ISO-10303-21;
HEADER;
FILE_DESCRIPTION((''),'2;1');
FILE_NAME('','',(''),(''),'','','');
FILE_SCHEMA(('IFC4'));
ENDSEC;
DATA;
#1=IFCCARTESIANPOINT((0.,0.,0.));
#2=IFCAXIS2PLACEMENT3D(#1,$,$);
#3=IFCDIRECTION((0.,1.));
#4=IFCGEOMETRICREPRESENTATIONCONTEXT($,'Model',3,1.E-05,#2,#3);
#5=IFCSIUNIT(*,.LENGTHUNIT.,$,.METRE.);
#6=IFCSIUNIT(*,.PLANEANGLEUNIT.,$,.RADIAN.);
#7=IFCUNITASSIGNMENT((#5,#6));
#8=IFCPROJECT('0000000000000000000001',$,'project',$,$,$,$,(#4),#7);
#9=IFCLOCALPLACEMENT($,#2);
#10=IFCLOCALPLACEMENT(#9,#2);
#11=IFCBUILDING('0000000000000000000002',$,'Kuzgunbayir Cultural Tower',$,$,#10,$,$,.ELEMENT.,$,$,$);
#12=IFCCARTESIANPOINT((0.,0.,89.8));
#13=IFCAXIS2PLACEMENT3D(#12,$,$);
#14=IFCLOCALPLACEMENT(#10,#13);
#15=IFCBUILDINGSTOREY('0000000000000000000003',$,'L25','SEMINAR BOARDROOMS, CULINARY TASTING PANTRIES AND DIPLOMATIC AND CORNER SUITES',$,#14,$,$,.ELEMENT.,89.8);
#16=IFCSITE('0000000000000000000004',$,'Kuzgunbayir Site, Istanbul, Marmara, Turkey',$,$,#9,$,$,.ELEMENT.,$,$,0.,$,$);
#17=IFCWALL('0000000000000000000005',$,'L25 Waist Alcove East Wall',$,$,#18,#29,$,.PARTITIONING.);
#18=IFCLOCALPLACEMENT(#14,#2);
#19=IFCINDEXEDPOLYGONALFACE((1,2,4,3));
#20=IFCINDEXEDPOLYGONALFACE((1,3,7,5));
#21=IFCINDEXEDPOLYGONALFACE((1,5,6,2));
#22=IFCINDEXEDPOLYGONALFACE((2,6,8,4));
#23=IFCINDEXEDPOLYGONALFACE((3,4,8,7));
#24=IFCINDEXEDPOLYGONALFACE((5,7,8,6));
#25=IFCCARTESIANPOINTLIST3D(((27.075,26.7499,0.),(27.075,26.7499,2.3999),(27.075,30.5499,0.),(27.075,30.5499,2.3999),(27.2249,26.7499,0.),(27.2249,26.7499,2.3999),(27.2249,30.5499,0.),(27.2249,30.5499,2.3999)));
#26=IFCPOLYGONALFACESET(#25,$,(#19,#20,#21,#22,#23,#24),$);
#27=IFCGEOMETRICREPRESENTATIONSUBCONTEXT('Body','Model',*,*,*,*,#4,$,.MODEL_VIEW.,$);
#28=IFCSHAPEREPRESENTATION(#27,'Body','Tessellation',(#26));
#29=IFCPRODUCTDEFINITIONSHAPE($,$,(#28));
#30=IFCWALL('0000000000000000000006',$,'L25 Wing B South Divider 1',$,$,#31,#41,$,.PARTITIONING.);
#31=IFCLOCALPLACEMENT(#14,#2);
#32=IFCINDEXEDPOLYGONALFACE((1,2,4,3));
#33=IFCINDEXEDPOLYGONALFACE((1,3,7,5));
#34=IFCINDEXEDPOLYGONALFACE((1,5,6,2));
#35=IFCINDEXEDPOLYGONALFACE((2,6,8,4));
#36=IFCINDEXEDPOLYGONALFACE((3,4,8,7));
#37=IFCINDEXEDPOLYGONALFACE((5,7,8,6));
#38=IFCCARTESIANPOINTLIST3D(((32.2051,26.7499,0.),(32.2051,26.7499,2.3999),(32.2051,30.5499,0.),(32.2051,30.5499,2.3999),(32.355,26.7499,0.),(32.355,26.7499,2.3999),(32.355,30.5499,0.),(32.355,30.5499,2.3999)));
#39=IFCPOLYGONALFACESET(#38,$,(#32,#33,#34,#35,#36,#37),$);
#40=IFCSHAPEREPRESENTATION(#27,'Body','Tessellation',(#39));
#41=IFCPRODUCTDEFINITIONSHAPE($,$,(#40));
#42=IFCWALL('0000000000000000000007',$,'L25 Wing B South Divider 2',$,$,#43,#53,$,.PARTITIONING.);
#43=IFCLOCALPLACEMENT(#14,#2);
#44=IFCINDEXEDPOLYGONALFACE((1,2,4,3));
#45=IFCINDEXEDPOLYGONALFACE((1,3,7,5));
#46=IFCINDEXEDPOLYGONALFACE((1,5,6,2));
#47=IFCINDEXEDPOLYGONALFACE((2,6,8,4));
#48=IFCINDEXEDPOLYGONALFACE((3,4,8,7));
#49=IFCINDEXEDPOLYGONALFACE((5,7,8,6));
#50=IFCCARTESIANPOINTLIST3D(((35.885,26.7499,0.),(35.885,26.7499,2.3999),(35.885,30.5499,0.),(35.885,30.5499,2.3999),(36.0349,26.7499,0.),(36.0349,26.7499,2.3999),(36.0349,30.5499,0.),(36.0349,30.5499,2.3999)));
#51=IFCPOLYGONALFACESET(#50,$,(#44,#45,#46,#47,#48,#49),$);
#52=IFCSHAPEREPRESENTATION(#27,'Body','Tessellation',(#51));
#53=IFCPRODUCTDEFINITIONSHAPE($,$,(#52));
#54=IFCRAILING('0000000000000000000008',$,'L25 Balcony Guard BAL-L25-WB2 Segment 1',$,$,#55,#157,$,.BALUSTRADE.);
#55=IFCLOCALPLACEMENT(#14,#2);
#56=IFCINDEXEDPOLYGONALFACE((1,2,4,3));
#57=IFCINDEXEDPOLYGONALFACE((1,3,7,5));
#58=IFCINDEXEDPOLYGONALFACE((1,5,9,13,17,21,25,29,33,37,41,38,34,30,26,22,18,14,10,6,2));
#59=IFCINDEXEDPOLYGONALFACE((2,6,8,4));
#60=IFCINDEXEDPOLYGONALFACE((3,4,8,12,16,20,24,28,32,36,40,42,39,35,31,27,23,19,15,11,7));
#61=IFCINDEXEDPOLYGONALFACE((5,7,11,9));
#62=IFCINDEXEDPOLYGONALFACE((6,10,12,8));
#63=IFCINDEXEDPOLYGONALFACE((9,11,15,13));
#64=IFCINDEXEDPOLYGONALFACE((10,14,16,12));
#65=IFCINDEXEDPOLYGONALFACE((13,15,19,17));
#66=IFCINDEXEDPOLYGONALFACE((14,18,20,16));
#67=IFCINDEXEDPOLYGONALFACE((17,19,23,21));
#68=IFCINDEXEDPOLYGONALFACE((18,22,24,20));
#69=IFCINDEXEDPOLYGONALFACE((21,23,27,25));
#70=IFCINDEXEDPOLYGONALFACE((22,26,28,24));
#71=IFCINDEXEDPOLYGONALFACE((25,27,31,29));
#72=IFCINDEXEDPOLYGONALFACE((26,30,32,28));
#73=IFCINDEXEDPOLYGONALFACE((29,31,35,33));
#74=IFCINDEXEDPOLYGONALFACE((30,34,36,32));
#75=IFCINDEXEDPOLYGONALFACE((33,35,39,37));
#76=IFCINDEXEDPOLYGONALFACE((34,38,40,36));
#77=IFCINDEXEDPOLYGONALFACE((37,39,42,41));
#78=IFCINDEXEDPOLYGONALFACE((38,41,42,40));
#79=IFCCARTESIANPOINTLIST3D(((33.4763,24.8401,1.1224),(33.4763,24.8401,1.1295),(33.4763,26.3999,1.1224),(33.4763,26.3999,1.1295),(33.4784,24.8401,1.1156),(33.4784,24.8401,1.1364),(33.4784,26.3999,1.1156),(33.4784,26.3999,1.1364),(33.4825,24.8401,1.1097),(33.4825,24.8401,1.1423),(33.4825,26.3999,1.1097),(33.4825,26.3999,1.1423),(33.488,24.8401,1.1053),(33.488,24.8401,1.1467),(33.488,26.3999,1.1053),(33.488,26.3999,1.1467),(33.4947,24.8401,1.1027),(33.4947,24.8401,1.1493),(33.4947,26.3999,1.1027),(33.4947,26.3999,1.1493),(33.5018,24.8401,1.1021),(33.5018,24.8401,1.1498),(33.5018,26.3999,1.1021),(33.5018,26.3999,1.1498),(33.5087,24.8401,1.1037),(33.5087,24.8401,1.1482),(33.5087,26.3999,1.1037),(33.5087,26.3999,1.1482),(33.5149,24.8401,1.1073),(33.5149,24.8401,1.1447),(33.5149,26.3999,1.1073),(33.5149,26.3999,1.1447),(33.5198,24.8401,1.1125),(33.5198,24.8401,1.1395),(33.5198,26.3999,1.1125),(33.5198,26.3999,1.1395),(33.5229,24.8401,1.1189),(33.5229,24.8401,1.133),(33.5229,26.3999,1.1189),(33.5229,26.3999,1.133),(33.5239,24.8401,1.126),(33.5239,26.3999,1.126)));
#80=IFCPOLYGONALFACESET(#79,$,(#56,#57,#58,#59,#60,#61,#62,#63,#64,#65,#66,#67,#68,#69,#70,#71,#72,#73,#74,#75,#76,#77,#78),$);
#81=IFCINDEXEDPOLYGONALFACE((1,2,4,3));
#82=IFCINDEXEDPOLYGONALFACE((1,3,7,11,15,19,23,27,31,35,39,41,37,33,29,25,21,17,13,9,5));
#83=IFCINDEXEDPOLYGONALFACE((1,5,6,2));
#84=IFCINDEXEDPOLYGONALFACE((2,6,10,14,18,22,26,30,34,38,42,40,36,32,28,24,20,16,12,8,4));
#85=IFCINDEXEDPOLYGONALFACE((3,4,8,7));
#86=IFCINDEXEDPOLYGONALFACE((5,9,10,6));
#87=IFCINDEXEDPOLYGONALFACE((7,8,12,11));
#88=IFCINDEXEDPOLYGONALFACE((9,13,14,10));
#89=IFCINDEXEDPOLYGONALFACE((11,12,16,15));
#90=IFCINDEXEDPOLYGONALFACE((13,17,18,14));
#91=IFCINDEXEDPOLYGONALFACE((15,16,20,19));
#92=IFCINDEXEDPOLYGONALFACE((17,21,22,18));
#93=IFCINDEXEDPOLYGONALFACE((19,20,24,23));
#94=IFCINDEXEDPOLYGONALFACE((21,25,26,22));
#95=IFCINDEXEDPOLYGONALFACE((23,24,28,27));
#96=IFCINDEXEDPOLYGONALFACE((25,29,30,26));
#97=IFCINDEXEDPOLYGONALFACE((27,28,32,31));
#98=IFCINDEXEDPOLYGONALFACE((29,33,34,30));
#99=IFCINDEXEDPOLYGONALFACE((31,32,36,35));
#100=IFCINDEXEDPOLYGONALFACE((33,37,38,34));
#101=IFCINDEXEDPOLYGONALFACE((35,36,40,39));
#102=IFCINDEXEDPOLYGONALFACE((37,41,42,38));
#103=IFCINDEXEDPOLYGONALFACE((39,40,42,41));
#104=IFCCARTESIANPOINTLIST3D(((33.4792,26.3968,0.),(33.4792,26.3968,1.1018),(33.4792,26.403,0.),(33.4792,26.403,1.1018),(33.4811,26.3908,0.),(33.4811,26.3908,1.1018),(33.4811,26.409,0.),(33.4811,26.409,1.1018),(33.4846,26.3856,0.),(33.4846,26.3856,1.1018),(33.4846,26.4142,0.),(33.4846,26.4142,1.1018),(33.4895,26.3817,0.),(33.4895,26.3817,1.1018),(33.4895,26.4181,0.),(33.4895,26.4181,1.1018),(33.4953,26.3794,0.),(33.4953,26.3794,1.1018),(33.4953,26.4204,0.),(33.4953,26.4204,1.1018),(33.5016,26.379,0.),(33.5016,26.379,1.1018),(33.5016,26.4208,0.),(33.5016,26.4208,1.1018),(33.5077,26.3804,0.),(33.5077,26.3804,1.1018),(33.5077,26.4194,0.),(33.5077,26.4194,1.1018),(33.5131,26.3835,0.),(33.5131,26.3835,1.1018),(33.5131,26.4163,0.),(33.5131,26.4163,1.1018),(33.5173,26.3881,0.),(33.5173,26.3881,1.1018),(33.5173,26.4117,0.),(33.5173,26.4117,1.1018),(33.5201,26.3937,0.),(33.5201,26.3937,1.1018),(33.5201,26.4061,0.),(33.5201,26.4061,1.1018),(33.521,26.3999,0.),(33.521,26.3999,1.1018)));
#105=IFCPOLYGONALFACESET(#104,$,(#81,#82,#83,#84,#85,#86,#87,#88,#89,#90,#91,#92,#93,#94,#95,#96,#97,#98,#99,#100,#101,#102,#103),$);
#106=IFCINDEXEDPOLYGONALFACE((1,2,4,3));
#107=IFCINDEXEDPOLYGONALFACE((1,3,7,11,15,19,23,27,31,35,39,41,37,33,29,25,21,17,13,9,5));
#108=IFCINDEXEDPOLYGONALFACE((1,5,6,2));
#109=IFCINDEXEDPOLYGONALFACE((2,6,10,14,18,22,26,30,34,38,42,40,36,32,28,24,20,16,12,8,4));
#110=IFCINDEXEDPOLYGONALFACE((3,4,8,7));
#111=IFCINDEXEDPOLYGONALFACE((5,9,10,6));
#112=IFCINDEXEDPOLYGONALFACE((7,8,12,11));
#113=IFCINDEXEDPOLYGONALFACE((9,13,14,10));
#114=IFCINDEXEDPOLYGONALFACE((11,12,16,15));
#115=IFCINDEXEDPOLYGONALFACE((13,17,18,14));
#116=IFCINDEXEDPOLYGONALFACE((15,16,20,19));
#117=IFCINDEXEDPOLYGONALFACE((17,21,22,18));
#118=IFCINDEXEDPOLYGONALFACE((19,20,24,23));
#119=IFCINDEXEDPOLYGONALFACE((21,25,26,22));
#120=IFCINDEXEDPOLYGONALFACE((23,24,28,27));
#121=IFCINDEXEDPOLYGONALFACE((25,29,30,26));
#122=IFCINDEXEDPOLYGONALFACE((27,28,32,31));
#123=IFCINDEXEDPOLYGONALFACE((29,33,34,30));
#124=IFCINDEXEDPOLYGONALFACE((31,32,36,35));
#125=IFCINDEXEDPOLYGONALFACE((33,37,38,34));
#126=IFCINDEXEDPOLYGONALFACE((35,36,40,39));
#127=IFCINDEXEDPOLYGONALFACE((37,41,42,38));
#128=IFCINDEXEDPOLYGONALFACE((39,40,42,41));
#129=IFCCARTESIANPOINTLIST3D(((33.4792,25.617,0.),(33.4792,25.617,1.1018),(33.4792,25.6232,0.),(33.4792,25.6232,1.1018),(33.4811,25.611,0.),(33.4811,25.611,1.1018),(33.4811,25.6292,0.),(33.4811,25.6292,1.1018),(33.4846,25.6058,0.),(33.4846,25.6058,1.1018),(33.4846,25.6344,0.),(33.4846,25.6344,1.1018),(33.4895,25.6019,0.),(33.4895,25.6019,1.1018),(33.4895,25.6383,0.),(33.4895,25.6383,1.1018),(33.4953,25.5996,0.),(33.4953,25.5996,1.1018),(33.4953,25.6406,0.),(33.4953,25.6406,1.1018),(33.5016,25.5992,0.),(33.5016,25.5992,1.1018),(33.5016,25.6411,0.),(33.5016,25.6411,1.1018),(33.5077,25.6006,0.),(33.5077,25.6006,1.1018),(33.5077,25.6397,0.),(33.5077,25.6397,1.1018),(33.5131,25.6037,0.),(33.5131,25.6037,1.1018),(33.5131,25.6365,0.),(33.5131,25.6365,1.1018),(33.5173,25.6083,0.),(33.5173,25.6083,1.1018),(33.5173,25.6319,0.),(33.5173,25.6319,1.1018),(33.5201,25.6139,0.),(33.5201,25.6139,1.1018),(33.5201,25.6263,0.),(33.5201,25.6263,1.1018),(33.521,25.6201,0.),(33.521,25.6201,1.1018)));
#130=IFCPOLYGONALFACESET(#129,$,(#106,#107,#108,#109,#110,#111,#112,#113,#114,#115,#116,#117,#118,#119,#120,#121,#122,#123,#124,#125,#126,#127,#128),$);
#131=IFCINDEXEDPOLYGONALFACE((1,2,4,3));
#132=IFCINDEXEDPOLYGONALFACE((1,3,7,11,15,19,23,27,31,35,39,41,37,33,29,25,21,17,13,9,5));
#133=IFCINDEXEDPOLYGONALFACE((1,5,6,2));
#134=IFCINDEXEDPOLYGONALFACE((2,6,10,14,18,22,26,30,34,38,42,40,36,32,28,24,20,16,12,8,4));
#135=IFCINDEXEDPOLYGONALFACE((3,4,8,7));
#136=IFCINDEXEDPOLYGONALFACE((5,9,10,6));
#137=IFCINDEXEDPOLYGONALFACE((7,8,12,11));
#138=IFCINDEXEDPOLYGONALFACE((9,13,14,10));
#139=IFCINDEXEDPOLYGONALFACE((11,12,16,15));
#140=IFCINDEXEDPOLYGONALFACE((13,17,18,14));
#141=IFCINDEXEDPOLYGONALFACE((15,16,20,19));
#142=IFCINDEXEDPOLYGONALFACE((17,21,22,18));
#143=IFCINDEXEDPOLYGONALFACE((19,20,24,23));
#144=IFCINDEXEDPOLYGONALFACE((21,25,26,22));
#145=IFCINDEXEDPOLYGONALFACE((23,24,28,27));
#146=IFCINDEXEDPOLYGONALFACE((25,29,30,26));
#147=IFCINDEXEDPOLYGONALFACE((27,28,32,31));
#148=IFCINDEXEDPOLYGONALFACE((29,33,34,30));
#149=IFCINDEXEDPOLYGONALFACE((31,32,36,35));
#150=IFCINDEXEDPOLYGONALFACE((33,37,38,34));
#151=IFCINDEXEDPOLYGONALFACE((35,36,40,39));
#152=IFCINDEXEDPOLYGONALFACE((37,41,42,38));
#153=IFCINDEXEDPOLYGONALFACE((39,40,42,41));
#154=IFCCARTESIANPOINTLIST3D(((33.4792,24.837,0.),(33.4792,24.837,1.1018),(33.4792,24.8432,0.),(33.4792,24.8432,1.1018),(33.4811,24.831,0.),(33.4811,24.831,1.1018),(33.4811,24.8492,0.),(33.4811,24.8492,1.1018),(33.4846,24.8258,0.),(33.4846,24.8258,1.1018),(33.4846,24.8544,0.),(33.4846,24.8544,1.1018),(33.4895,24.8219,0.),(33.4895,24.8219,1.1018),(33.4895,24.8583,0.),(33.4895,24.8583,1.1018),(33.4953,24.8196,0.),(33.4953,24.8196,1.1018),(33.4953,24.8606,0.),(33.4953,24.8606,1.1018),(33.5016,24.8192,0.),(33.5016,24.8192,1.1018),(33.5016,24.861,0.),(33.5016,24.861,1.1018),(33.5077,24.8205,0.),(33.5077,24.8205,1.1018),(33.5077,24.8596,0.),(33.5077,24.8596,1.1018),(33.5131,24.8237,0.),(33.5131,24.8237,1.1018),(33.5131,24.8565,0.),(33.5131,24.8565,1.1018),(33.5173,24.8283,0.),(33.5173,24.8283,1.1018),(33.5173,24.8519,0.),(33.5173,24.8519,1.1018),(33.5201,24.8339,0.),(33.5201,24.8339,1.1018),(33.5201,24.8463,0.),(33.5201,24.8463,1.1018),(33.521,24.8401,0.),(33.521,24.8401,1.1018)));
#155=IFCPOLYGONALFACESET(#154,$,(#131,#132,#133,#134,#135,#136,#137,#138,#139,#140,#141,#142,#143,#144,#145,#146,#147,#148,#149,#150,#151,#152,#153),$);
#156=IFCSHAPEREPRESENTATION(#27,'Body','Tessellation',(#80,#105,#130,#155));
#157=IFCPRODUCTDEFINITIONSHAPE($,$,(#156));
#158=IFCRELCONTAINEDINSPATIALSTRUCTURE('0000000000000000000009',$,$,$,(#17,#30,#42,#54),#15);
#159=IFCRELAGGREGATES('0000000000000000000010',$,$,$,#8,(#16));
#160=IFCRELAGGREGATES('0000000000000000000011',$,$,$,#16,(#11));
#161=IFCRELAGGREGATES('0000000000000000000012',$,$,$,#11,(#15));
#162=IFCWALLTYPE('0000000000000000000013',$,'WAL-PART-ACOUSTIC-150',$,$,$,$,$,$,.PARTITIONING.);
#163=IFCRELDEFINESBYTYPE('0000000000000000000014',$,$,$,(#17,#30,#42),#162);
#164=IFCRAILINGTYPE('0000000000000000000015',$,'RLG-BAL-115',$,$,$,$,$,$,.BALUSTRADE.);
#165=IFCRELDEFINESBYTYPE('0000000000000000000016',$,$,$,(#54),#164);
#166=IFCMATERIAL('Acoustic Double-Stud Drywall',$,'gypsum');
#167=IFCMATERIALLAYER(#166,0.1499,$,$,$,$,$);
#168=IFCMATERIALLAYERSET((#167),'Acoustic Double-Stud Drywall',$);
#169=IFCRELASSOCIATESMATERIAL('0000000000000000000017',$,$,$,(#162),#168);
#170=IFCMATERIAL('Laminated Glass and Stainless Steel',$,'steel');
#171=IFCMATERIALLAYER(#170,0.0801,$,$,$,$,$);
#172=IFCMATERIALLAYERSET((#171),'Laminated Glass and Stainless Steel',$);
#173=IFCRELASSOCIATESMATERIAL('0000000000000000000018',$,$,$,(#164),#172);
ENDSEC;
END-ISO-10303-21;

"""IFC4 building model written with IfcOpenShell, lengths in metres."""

from ifc_helpers import new_model, si_unit, direction, frame, frame_2d, origin, origin_2d, place, context, subcontext, project, spatial, rectangle, circle, extrude, material, layer, layer_set, type_object, element, save


model = new_model("IFC4")

# Units and contexts
model_context = context("Model", 3, precision=1e-05, world=origin(), true_north=direction((0.0, 1.0)))
body_context = subcontext(model_context, "Body", "Model", "MODEL_VIEW")
ifc_project = project(units=[si_unit("LENGTHUNIT", "METRE"), si_unit("PLANEANGLEUNIT", "RADIAN")], contexts=[model_context])

# Site, building, storey
site_placement = place(None, origin())
site = spatial("IfcSite", under=ifc_project, at=site_placement, Name="Kuzgunbayir Site, Istanbul, Marmara, Turkey", CompositionType="ELEMENT", RefElevation=0.0)
building_placement = place(site_placement, origin())
building = spatial("IfcBuilding", under=site, at=building_placement, Name="Kuzgunbayir Cultural Tower", CompositionType="ELEMENT")
storey_placement = place(building_placement, frame((0.0, 0.0, 89.8)))
storey = spatial("IfcBuildingStorey", under=building, at=storey_placement, Name="L25", Description="SEMINAR BOARDROOMS, CULINARY TASTING PANTRIES AND DIPLOMATIC AND CORNER SUITES", CompositionType="ELEMENT", Elevation=89.8)

# Walls
ifc_material_1 = material(Name="Acoustic Double-Stud Drywall", Category="gypsum")
ifc_layer_1 = layer(ifc_material_1, 0.1499)
ifc_layer_set_1 = layer_set([ifc_layer_1], Name="Acoustic Double-Stud Drywall")
wall_type = type_object("IfcWallType", Name="WAL-PART-ACOUSTIC-150", PredefinedType="PARTITIONING", material=ifc_layer_set_1)
for number, where, z_axis, x_axis, name in (
    (1, (27.1499, 26.75, 0.0), (0.0, 0.0, 1.0), (0.0, 1.0, 0.0), "L25 Waist Alcove East Wall"),
    (2, (32.28, 26.75, 0.0), (0.0, 0.0, 1.0), (0.0, 1.0, 0.0), "L25 Wing B South Divider 1"),
    (3, (35.96, 26.75, 0.0), (0.0, 0.0, 1.0), (0.0, 1.0, 0.0), "L25 Wing B South Divider 2"),
):
    element("IfcWall", number, at=place(storey_placement, frame(where, z_axis=z_axis, x_axis=x_axis)), inside=storey, type_object=wall_type, Name=name, PredefinedType="PARTITIONING", context=body_context, shape_type="SweptSolid", body=[
        extrude(rectangle(XDim=3.8, YDim=0.1499, at=frame_2d((1.8999, 0.0))), origin(), (0.0, 0.0, 1.0), 2.3999),
    ])

# Railing
ifc_material_2 = material(Name="Laminated Glass and Stainless Steel", Category="steel")
ifc_layer_2 = layer(ifc_material_2, 0.0801)
ifc_layer_set_2 = layer_set([ifc_layer_2], Name="Laminated Glass and Stainless Steel")
railing_type = type_object("IfcRailingType", Name="RLG-BAL-115", PredefinedType="BALUSTRADE", material=ifc_layer_set_2)
railing_1_placement = place(storey_placement, frame((33.5, 26.3999, 0.0)))
element("IfcRailing", 4, at=railing_1_placement, inside=storey, type_object=railing_type, Name="L25 Balcony Guard BAL-L25-WB2 Segment 1", PredefinedType="BALUSTRADE", context=body_context, shape_type="SweptSolid", body=[
    extrude(circle(Radius=0.0239, at=origin_2d()), frame((0.0, 0.0, 1.126), z_axis=(0.0, -1.0, 0.0), x_axis=(1.0, 0.0, 0.0)), (0.0, 0.0, 1.0), 1.5598),
    extrude(circle(Radius=0.021, at=origin_2d()), origin(), (0.0, 0.0, 1.0), 1.1018),
    extrude(circle(Radius=0.021, at=origin_2d()), frame((0.0, -0.7798, 0.0)), (0.0, 0.0, 1.0), 1.1018),
    extrude(circle(Radius=0.021, at=origin_2d()), frame((0.0, -1.5598, 0.0)), (0.0, 0.0, 1.0), 1.1018),
])

save(model, "model.ifc")
